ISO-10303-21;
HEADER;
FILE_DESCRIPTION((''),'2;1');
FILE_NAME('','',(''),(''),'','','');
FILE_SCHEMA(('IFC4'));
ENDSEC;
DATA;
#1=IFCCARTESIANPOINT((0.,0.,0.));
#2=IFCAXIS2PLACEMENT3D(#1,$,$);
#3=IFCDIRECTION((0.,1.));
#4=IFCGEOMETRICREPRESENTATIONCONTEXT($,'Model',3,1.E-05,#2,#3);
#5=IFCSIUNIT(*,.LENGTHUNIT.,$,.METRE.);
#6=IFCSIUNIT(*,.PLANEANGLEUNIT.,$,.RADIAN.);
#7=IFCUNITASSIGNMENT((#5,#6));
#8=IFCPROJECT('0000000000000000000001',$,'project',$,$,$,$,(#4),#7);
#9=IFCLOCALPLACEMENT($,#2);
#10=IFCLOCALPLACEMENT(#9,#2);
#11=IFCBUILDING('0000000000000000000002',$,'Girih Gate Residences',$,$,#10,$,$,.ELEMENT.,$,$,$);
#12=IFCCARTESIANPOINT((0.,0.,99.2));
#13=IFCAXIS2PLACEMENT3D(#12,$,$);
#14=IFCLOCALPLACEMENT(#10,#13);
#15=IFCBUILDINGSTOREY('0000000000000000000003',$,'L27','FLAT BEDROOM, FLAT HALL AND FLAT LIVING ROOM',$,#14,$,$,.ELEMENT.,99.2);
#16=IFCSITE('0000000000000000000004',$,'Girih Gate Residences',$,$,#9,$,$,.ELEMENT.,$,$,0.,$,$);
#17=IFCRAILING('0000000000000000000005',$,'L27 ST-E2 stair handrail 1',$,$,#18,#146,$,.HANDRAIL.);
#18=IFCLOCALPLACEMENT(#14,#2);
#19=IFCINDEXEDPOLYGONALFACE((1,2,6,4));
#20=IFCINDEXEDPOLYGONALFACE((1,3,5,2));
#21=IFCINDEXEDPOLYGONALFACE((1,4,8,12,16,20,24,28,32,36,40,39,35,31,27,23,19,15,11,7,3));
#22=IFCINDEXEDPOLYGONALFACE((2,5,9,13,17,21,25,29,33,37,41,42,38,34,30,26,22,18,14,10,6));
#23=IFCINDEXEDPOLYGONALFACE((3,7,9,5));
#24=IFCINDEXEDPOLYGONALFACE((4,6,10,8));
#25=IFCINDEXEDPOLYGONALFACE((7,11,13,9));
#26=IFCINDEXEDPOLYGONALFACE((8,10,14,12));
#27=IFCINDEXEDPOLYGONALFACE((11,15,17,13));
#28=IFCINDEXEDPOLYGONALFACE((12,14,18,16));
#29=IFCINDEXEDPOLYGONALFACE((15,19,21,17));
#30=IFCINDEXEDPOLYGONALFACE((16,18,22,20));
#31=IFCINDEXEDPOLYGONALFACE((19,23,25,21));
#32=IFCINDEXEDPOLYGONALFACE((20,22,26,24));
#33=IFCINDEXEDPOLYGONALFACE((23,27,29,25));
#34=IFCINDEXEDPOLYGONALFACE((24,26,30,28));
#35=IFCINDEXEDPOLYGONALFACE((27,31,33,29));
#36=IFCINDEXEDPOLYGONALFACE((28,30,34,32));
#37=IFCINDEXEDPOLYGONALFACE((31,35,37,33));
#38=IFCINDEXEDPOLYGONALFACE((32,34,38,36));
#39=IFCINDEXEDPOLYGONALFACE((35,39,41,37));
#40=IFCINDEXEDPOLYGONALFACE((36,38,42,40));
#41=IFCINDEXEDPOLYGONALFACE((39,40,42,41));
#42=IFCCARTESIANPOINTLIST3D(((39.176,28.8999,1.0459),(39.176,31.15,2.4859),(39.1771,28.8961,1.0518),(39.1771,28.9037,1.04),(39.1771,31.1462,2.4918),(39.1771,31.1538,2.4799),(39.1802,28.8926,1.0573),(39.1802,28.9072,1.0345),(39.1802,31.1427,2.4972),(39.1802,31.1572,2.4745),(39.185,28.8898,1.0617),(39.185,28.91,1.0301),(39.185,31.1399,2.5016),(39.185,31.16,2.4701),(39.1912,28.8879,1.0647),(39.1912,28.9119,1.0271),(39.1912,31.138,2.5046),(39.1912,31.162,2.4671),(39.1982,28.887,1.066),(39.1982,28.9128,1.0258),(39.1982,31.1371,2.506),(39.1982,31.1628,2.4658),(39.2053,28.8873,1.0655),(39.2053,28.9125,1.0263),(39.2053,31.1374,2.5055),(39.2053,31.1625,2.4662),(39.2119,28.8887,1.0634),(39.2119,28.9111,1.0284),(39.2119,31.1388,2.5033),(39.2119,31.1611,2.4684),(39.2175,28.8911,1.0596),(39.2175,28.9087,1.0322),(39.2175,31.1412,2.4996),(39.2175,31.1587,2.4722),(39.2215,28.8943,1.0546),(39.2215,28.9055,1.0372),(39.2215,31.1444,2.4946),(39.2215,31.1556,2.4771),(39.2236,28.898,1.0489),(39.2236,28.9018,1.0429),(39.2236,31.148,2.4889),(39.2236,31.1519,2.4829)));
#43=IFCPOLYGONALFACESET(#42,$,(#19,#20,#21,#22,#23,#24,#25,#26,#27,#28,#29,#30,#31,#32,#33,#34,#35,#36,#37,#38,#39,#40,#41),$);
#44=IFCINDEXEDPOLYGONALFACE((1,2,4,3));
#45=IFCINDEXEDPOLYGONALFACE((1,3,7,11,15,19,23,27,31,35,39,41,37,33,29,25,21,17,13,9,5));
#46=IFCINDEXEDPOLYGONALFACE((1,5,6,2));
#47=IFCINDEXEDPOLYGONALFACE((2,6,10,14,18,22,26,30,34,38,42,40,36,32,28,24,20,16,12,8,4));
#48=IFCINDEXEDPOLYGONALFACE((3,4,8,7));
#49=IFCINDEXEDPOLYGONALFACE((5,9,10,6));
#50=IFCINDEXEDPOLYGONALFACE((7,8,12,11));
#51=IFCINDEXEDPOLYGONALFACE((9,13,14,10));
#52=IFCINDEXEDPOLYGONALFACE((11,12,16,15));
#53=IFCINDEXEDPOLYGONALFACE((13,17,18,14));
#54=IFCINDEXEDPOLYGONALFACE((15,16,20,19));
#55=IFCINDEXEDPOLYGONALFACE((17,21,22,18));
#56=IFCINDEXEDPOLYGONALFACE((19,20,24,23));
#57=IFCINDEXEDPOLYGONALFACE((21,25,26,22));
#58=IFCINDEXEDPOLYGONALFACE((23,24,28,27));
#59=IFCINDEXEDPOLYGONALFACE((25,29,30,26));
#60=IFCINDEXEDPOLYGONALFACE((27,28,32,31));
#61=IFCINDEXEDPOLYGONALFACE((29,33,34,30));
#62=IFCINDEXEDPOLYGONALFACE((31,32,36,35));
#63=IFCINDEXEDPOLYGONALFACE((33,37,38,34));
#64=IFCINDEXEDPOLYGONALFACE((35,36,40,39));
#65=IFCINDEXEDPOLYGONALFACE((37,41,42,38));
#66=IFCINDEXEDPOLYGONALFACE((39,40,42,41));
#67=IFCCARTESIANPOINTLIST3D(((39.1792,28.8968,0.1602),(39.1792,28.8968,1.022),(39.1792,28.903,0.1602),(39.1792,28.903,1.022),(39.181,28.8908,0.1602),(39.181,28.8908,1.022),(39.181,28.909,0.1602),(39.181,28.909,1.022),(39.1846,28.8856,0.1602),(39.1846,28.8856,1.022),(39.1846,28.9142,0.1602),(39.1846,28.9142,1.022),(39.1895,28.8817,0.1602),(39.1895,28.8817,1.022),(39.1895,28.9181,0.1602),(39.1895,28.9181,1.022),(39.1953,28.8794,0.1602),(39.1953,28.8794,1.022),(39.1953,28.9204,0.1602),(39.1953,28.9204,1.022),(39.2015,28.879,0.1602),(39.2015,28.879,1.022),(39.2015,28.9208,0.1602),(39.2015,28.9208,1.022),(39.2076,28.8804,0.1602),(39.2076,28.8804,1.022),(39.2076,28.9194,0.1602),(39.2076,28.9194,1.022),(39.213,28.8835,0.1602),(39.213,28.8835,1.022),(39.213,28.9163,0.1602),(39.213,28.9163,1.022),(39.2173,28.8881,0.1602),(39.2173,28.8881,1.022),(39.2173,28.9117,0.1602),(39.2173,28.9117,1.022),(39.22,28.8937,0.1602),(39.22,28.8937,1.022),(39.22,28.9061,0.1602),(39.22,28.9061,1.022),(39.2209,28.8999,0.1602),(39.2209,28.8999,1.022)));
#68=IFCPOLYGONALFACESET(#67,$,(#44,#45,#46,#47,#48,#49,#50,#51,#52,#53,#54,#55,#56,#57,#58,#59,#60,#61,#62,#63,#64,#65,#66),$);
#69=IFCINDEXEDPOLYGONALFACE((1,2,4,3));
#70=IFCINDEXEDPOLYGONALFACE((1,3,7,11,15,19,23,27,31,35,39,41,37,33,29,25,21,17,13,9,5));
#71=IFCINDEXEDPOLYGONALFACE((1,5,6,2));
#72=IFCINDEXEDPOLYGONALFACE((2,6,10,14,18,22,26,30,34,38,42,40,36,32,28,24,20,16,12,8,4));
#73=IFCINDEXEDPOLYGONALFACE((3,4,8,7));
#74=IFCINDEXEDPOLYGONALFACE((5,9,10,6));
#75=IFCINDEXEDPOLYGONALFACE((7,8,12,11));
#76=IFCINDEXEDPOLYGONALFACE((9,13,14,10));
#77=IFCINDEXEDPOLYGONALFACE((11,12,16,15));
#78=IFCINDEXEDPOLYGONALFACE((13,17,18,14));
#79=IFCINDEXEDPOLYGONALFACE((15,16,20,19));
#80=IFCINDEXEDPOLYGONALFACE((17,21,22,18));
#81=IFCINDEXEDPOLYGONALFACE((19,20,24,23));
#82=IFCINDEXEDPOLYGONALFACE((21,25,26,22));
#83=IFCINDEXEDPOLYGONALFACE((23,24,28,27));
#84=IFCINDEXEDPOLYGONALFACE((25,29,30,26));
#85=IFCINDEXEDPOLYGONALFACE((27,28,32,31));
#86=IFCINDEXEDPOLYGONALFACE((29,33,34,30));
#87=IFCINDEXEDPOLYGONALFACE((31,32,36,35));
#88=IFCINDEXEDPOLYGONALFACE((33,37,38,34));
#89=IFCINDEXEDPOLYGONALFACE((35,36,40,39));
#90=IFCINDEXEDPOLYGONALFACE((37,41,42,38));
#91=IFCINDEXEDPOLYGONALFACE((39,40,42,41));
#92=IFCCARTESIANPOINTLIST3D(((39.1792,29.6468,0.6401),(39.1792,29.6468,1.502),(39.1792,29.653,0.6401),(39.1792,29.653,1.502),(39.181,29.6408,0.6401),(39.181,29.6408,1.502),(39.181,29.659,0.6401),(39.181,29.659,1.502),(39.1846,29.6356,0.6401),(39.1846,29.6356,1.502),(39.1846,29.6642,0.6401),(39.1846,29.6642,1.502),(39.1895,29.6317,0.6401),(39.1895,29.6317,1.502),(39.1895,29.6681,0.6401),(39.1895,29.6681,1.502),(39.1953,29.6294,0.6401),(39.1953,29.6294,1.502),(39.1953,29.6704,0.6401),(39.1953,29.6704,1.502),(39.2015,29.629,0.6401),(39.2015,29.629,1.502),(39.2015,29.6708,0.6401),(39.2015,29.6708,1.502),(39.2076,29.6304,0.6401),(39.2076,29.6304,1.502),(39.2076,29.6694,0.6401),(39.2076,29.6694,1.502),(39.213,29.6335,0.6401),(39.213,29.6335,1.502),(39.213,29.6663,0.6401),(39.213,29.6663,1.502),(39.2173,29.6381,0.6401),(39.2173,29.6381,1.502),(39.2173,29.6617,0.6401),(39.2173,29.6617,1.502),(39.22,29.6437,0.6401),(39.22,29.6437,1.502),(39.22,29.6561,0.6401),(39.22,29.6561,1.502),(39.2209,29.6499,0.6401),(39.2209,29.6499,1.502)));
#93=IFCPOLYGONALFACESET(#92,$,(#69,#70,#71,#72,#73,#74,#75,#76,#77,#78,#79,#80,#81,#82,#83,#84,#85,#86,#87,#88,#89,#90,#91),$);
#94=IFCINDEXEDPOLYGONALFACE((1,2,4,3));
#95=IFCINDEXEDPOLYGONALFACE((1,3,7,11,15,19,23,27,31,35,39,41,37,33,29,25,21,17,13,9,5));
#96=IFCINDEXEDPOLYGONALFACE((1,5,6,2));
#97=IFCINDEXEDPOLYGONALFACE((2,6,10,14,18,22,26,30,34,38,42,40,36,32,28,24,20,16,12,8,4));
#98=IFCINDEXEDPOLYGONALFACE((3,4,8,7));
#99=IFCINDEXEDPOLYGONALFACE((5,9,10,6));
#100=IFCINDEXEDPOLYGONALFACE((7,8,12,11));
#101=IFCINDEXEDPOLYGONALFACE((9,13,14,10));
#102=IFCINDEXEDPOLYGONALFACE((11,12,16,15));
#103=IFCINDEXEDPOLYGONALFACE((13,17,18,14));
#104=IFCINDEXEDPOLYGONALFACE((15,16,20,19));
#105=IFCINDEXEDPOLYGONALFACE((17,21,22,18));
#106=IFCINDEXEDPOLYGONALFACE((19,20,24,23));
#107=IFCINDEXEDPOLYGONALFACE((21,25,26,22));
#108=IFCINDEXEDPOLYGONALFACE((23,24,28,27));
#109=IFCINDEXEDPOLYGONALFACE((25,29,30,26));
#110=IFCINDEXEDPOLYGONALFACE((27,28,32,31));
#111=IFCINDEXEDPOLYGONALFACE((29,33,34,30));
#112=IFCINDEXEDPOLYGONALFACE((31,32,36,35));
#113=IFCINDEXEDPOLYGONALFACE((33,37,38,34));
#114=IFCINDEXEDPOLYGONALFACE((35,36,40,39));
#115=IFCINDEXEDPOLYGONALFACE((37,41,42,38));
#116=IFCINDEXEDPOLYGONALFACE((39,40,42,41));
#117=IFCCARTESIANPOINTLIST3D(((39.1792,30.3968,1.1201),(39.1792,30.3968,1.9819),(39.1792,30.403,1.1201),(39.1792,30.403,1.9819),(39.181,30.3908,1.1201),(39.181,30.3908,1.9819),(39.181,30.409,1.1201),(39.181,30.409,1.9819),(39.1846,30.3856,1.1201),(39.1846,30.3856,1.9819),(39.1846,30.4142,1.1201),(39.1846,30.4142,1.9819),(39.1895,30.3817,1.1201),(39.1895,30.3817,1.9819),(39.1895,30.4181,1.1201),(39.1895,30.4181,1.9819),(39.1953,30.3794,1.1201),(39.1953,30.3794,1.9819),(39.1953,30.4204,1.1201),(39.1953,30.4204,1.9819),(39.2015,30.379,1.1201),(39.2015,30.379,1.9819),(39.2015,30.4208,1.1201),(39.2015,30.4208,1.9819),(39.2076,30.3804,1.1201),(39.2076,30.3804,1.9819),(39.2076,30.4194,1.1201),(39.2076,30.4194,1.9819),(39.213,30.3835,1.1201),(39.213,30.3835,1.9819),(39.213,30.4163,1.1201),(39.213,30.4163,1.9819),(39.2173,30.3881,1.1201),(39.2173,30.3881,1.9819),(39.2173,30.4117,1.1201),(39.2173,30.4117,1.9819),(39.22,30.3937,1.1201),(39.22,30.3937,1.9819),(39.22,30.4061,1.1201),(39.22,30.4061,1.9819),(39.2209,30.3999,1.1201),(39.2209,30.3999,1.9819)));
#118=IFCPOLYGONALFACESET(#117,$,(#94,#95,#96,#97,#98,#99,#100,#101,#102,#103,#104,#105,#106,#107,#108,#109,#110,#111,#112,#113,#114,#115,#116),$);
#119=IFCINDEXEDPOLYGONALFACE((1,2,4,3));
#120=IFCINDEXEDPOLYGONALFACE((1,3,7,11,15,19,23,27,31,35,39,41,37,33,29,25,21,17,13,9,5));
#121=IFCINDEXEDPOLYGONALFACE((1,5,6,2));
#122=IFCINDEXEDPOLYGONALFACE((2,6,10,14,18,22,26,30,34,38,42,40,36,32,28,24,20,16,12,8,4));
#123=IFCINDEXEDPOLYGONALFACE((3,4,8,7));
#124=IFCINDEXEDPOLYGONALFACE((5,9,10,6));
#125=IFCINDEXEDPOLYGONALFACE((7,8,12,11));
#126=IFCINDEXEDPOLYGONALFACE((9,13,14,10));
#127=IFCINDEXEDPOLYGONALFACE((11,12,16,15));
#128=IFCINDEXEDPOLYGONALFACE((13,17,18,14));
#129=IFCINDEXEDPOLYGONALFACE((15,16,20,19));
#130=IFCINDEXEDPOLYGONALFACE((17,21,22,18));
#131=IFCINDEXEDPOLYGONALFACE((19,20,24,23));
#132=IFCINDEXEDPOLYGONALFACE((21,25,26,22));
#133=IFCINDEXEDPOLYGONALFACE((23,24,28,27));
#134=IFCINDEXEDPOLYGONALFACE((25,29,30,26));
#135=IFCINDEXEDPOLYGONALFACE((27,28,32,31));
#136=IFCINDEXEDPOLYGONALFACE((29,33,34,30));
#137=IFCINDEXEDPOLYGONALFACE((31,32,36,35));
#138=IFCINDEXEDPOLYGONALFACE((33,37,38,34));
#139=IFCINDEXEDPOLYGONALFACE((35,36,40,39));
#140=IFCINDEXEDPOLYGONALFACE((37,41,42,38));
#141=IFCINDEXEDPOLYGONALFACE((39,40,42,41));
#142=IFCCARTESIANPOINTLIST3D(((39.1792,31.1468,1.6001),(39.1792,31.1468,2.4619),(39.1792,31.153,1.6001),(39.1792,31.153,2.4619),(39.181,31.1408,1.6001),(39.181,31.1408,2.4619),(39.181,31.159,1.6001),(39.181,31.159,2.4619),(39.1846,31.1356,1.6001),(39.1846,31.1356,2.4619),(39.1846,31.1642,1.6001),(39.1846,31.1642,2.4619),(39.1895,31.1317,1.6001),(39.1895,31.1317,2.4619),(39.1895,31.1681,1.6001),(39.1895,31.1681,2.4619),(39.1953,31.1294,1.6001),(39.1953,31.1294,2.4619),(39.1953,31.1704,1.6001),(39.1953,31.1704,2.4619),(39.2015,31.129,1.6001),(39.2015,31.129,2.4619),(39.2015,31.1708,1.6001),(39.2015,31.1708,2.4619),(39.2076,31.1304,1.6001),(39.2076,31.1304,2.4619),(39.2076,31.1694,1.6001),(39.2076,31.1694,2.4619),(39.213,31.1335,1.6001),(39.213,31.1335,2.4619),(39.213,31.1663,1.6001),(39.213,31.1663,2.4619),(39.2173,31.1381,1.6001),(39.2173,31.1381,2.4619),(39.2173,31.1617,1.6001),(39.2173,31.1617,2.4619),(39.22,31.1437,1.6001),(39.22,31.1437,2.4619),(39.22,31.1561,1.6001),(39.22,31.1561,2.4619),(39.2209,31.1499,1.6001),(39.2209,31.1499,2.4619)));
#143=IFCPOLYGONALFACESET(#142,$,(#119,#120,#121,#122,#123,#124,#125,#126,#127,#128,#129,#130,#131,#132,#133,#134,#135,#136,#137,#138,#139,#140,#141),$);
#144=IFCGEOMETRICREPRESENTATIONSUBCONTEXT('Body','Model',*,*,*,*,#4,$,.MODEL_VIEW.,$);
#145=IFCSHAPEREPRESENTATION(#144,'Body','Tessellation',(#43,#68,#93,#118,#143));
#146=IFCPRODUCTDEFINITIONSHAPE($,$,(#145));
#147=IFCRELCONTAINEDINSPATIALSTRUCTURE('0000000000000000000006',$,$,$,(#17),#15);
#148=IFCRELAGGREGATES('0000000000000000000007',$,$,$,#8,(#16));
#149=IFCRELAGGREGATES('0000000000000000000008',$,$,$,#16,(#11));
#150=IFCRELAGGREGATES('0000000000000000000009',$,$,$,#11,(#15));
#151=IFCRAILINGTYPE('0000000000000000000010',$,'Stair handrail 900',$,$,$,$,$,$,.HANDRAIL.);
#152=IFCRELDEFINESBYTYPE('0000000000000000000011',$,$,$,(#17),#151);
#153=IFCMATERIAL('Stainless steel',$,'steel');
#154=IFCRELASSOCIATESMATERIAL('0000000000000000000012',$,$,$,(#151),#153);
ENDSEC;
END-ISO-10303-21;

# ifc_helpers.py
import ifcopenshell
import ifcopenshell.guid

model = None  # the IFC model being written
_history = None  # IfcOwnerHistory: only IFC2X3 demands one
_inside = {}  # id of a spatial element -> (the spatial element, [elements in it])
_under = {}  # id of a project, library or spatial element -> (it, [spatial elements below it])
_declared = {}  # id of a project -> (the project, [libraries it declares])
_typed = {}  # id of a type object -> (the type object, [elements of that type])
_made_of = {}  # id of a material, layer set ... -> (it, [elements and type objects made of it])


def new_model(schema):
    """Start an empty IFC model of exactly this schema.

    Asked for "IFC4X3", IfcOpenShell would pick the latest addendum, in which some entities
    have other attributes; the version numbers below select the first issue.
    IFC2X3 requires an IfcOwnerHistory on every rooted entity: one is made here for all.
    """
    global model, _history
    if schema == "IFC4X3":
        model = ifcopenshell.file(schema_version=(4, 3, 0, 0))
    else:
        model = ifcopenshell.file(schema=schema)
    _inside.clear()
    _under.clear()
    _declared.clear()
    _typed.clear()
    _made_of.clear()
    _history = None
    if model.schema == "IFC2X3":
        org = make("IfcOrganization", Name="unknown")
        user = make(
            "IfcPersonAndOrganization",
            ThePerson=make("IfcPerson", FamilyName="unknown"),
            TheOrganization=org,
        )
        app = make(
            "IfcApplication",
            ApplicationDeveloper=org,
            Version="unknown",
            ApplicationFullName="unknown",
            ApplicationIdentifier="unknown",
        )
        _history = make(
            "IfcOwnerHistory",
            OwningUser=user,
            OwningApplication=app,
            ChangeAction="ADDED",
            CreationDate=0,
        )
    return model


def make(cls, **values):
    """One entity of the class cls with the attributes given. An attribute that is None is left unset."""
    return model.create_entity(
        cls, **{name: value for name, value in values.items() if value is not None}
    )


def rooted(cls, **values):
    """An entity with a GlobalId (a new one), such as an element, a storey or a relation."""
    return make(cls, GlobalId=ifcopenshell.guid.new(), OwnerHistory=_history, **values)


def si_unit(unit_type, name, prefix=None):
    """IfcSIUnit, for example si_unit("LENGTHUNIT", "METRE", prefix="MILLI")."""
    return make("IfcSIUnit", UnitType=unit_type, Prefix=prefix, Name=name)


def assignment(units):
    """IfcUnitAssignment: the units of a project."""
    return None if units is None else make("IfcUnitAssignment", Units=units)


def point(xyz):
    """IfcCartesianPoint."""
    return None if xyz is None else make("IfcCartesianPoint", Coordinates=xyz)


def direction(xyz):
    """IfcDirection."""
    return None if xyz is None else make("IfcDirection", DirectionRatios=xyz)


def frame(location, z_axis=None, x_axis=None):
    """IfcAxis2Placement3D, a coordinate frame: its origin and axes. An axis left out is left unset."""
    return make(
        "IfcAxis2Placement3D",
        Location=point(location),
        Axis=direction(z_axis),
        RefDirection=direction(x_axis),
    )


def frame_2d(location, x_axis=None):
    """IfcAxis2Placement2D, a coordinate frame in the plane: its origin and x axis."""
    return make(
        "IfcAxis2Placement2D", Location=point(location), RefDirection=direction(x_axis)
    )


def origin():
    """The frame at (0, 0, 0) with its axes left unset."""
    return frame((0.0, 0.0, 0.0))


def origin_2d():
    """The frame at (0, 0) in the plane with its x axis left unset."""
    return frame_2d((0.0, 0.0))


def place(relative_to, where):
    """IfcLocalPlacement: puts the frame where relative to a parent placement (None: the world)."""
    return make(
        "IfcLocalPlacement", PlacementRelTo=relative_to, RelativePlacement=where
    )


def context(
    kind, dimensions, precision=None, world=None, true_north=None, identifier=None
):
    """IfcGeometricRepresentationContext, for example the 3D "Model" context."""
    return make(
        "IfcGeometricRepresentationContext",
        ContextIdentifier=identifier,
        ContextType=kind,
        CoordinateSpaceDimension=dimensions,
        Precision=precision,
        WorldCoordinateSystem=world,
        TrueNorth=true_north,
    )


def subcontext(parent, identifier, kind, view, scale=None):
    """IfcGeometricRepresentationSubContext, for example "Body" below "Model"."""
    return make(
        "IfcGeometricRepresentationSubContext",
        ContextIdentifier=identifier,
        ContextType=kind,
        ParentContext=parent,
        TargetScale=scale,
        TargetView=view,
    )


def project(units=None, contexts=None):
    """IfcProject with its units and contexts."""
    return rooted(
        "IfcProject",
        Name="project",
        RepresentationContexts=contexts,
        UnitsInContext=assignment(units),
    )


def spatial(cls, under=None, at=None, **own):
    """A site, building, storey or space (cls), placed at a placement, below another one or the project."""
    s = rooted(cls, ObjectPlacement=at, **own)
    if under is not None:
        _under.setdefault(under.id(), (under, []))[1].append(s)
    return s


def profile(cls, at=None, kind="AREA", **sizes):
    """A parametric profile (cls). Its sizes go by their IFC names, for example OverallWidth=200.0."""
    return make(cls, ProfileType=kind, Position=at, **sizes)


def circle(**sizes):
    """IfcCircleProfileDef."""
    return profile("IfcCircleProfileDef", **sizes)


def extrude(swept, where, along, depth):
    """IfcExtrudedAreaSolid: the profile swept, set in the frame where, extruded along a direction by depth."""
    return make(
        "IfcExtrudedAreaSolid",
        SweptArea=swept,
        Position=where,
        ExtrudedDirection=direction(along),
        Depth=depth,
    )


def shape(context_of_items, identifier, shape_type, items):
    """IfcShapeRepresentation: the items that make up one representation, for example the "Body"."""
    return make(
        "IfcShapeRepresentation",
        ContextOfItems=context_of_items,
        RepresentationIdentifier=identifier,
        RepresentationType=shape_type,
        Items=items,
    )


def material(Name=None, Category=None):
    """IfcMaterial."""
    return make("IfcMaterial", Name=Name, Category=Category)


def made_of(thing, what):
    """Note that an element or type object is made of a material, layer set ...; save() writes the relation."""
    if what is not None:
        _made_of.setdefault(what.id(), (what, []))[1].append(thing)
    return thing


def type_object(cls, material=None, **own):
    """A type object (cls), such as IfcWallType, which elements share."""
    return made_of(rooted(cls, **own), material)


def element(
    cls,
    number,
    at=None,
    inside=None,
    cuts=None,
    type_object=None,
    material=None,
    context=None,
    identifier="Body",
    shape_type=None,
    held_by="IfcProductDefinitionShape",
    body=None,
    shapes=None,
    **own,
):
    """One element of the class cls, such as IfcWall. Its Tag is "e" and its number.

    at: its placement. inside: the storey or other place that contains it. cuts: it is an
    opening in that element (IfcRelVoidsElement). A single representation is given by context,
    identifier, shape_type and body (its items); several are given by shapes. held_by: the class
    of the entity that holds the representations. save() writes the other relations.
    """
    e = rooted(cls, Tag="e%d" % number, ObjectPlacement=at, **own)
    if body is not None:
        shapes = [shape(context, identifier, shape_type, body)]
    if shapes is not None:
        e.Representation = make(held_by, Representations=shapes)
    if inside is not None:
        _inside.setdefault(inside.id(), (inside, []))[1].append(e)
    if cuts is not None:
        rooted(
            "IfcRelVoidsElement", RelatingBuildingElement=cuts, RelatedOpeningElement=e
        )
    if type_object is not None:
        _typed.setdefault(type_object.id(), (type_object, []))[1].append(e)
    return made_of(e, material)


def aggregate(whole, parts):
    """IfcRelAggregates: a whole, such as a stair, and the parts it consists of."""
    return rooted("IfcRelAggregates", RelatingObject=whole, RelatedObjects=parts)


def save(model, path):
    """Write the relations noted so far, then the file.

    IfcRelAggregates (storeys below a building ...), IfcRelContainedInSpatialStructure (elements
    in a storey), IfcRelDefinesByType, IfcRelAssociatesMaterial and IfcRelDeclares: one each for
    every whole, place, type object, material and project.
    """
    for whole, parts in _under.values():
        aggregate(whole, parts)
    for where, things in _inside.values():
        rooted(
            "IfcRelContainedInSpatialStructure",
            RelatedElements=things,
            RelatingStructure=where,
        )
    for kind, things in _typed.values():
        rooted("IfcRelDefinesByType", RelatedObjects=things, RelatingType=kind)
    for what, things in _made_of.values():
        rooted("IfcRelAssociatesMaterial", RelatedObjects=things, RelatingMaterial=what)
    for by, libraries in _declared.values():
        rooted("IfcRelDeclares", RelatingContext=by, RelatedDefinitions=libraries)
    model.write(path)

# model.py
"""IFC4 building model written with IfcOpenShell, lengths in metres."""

from ifc_helpers import new_model, si_unit, direction, frame, origin, origin_2d, place, context, subcontext, project, spatial, circle, extrude, material, type_object, element, save


model = new_model("IFC4")

# Units and contexts
model_context = context("Model", 3, precision=1e-05, world=origin(), true_north=direction((0.0, 1.0)))
body_context = subcontext(model_context, "Body", "Model", "MODEL_VIEW")
ifc_project = project(units=[si_unit("LENGTHUNIT", "METRE"), si_unit("PLANEANGLEUNIT", "RADIAN")], contexts=[model_context])

# Site, building, storey
site_placement = place(None, origin())
site = spatial("IfcSite", under=ifc_project, at=site_placement, Name="Girih Gate Residences", CompositionType="ELEMENT", RefElevation=0.0)
building_placement = place(site_placement, origin())
building = spatial("IfcBuilding", under=site, at=building_placement, Name="Girih Gate Residences", CompositionType="ELEMENT")
storey_placement = place(building_placement, frame((0.0, 0.0, 99.2)))
storey = spatial("IfcBuildingStorey", under=building, at=storey_placement, Name="L27", Description="FLAT BEDROOM, FLAT HALL AND FLAT LIVING ROOM", CompositionType="ELEMENT", Elevation=99.2)

# Railing
ifc_material_1 = material(Name="Stainless steel", Category="steel")
railing_type_1 = type_object("IfcRailingType", Name="Stair handrail 900", PredefinedType="HANDRAIL", material=ifc_material_1)
railing_1_placement = place(storey_placement, frame((39.2, 28.8999, 0.1602)))
element("IfcRailing", 1, at=railing_1_placement, inside=storey, type_object=railing_type_1, Name="L27 ST-E2 stair handrail 1", PredefinedType="HANDRAIL", context=body_context, shape_type="SweptSolid", body=[
    extrude(circle(Radius=0.0239, at=origin_2d()), frame((0.0, 0.0, 0.8857), z_axis=(0.0, 0.842281, 0.539038), x_axis=(-1.0, 0.0, 0.0)), (0.0, 0.0, 1.0), 2.6714),
    extrude(circle(Radius=0.021, at=origin_2d()), origin(), (0.0, 0.0, 1.0), 0.8618),
    extrude(circle(Radius=0.021, at=origin_2d()), frame((0.0, 0.75, 0.48)), (0.0, 0.0, 1.0), 0.8618),
    extrude(circle(Radius=0.021, at=origin_2d()), frame((0.0, 1.5, 0.96)), (0.0, 0.0, 1.0), 0.8618),
    extrude(circle(Radius=0.021, at=origin_2d()), frame((0.0, 2.25, 1.4399)), (0.0, 0.0, 1.0), 0.8618),
])

save(model, "model.ifc")
